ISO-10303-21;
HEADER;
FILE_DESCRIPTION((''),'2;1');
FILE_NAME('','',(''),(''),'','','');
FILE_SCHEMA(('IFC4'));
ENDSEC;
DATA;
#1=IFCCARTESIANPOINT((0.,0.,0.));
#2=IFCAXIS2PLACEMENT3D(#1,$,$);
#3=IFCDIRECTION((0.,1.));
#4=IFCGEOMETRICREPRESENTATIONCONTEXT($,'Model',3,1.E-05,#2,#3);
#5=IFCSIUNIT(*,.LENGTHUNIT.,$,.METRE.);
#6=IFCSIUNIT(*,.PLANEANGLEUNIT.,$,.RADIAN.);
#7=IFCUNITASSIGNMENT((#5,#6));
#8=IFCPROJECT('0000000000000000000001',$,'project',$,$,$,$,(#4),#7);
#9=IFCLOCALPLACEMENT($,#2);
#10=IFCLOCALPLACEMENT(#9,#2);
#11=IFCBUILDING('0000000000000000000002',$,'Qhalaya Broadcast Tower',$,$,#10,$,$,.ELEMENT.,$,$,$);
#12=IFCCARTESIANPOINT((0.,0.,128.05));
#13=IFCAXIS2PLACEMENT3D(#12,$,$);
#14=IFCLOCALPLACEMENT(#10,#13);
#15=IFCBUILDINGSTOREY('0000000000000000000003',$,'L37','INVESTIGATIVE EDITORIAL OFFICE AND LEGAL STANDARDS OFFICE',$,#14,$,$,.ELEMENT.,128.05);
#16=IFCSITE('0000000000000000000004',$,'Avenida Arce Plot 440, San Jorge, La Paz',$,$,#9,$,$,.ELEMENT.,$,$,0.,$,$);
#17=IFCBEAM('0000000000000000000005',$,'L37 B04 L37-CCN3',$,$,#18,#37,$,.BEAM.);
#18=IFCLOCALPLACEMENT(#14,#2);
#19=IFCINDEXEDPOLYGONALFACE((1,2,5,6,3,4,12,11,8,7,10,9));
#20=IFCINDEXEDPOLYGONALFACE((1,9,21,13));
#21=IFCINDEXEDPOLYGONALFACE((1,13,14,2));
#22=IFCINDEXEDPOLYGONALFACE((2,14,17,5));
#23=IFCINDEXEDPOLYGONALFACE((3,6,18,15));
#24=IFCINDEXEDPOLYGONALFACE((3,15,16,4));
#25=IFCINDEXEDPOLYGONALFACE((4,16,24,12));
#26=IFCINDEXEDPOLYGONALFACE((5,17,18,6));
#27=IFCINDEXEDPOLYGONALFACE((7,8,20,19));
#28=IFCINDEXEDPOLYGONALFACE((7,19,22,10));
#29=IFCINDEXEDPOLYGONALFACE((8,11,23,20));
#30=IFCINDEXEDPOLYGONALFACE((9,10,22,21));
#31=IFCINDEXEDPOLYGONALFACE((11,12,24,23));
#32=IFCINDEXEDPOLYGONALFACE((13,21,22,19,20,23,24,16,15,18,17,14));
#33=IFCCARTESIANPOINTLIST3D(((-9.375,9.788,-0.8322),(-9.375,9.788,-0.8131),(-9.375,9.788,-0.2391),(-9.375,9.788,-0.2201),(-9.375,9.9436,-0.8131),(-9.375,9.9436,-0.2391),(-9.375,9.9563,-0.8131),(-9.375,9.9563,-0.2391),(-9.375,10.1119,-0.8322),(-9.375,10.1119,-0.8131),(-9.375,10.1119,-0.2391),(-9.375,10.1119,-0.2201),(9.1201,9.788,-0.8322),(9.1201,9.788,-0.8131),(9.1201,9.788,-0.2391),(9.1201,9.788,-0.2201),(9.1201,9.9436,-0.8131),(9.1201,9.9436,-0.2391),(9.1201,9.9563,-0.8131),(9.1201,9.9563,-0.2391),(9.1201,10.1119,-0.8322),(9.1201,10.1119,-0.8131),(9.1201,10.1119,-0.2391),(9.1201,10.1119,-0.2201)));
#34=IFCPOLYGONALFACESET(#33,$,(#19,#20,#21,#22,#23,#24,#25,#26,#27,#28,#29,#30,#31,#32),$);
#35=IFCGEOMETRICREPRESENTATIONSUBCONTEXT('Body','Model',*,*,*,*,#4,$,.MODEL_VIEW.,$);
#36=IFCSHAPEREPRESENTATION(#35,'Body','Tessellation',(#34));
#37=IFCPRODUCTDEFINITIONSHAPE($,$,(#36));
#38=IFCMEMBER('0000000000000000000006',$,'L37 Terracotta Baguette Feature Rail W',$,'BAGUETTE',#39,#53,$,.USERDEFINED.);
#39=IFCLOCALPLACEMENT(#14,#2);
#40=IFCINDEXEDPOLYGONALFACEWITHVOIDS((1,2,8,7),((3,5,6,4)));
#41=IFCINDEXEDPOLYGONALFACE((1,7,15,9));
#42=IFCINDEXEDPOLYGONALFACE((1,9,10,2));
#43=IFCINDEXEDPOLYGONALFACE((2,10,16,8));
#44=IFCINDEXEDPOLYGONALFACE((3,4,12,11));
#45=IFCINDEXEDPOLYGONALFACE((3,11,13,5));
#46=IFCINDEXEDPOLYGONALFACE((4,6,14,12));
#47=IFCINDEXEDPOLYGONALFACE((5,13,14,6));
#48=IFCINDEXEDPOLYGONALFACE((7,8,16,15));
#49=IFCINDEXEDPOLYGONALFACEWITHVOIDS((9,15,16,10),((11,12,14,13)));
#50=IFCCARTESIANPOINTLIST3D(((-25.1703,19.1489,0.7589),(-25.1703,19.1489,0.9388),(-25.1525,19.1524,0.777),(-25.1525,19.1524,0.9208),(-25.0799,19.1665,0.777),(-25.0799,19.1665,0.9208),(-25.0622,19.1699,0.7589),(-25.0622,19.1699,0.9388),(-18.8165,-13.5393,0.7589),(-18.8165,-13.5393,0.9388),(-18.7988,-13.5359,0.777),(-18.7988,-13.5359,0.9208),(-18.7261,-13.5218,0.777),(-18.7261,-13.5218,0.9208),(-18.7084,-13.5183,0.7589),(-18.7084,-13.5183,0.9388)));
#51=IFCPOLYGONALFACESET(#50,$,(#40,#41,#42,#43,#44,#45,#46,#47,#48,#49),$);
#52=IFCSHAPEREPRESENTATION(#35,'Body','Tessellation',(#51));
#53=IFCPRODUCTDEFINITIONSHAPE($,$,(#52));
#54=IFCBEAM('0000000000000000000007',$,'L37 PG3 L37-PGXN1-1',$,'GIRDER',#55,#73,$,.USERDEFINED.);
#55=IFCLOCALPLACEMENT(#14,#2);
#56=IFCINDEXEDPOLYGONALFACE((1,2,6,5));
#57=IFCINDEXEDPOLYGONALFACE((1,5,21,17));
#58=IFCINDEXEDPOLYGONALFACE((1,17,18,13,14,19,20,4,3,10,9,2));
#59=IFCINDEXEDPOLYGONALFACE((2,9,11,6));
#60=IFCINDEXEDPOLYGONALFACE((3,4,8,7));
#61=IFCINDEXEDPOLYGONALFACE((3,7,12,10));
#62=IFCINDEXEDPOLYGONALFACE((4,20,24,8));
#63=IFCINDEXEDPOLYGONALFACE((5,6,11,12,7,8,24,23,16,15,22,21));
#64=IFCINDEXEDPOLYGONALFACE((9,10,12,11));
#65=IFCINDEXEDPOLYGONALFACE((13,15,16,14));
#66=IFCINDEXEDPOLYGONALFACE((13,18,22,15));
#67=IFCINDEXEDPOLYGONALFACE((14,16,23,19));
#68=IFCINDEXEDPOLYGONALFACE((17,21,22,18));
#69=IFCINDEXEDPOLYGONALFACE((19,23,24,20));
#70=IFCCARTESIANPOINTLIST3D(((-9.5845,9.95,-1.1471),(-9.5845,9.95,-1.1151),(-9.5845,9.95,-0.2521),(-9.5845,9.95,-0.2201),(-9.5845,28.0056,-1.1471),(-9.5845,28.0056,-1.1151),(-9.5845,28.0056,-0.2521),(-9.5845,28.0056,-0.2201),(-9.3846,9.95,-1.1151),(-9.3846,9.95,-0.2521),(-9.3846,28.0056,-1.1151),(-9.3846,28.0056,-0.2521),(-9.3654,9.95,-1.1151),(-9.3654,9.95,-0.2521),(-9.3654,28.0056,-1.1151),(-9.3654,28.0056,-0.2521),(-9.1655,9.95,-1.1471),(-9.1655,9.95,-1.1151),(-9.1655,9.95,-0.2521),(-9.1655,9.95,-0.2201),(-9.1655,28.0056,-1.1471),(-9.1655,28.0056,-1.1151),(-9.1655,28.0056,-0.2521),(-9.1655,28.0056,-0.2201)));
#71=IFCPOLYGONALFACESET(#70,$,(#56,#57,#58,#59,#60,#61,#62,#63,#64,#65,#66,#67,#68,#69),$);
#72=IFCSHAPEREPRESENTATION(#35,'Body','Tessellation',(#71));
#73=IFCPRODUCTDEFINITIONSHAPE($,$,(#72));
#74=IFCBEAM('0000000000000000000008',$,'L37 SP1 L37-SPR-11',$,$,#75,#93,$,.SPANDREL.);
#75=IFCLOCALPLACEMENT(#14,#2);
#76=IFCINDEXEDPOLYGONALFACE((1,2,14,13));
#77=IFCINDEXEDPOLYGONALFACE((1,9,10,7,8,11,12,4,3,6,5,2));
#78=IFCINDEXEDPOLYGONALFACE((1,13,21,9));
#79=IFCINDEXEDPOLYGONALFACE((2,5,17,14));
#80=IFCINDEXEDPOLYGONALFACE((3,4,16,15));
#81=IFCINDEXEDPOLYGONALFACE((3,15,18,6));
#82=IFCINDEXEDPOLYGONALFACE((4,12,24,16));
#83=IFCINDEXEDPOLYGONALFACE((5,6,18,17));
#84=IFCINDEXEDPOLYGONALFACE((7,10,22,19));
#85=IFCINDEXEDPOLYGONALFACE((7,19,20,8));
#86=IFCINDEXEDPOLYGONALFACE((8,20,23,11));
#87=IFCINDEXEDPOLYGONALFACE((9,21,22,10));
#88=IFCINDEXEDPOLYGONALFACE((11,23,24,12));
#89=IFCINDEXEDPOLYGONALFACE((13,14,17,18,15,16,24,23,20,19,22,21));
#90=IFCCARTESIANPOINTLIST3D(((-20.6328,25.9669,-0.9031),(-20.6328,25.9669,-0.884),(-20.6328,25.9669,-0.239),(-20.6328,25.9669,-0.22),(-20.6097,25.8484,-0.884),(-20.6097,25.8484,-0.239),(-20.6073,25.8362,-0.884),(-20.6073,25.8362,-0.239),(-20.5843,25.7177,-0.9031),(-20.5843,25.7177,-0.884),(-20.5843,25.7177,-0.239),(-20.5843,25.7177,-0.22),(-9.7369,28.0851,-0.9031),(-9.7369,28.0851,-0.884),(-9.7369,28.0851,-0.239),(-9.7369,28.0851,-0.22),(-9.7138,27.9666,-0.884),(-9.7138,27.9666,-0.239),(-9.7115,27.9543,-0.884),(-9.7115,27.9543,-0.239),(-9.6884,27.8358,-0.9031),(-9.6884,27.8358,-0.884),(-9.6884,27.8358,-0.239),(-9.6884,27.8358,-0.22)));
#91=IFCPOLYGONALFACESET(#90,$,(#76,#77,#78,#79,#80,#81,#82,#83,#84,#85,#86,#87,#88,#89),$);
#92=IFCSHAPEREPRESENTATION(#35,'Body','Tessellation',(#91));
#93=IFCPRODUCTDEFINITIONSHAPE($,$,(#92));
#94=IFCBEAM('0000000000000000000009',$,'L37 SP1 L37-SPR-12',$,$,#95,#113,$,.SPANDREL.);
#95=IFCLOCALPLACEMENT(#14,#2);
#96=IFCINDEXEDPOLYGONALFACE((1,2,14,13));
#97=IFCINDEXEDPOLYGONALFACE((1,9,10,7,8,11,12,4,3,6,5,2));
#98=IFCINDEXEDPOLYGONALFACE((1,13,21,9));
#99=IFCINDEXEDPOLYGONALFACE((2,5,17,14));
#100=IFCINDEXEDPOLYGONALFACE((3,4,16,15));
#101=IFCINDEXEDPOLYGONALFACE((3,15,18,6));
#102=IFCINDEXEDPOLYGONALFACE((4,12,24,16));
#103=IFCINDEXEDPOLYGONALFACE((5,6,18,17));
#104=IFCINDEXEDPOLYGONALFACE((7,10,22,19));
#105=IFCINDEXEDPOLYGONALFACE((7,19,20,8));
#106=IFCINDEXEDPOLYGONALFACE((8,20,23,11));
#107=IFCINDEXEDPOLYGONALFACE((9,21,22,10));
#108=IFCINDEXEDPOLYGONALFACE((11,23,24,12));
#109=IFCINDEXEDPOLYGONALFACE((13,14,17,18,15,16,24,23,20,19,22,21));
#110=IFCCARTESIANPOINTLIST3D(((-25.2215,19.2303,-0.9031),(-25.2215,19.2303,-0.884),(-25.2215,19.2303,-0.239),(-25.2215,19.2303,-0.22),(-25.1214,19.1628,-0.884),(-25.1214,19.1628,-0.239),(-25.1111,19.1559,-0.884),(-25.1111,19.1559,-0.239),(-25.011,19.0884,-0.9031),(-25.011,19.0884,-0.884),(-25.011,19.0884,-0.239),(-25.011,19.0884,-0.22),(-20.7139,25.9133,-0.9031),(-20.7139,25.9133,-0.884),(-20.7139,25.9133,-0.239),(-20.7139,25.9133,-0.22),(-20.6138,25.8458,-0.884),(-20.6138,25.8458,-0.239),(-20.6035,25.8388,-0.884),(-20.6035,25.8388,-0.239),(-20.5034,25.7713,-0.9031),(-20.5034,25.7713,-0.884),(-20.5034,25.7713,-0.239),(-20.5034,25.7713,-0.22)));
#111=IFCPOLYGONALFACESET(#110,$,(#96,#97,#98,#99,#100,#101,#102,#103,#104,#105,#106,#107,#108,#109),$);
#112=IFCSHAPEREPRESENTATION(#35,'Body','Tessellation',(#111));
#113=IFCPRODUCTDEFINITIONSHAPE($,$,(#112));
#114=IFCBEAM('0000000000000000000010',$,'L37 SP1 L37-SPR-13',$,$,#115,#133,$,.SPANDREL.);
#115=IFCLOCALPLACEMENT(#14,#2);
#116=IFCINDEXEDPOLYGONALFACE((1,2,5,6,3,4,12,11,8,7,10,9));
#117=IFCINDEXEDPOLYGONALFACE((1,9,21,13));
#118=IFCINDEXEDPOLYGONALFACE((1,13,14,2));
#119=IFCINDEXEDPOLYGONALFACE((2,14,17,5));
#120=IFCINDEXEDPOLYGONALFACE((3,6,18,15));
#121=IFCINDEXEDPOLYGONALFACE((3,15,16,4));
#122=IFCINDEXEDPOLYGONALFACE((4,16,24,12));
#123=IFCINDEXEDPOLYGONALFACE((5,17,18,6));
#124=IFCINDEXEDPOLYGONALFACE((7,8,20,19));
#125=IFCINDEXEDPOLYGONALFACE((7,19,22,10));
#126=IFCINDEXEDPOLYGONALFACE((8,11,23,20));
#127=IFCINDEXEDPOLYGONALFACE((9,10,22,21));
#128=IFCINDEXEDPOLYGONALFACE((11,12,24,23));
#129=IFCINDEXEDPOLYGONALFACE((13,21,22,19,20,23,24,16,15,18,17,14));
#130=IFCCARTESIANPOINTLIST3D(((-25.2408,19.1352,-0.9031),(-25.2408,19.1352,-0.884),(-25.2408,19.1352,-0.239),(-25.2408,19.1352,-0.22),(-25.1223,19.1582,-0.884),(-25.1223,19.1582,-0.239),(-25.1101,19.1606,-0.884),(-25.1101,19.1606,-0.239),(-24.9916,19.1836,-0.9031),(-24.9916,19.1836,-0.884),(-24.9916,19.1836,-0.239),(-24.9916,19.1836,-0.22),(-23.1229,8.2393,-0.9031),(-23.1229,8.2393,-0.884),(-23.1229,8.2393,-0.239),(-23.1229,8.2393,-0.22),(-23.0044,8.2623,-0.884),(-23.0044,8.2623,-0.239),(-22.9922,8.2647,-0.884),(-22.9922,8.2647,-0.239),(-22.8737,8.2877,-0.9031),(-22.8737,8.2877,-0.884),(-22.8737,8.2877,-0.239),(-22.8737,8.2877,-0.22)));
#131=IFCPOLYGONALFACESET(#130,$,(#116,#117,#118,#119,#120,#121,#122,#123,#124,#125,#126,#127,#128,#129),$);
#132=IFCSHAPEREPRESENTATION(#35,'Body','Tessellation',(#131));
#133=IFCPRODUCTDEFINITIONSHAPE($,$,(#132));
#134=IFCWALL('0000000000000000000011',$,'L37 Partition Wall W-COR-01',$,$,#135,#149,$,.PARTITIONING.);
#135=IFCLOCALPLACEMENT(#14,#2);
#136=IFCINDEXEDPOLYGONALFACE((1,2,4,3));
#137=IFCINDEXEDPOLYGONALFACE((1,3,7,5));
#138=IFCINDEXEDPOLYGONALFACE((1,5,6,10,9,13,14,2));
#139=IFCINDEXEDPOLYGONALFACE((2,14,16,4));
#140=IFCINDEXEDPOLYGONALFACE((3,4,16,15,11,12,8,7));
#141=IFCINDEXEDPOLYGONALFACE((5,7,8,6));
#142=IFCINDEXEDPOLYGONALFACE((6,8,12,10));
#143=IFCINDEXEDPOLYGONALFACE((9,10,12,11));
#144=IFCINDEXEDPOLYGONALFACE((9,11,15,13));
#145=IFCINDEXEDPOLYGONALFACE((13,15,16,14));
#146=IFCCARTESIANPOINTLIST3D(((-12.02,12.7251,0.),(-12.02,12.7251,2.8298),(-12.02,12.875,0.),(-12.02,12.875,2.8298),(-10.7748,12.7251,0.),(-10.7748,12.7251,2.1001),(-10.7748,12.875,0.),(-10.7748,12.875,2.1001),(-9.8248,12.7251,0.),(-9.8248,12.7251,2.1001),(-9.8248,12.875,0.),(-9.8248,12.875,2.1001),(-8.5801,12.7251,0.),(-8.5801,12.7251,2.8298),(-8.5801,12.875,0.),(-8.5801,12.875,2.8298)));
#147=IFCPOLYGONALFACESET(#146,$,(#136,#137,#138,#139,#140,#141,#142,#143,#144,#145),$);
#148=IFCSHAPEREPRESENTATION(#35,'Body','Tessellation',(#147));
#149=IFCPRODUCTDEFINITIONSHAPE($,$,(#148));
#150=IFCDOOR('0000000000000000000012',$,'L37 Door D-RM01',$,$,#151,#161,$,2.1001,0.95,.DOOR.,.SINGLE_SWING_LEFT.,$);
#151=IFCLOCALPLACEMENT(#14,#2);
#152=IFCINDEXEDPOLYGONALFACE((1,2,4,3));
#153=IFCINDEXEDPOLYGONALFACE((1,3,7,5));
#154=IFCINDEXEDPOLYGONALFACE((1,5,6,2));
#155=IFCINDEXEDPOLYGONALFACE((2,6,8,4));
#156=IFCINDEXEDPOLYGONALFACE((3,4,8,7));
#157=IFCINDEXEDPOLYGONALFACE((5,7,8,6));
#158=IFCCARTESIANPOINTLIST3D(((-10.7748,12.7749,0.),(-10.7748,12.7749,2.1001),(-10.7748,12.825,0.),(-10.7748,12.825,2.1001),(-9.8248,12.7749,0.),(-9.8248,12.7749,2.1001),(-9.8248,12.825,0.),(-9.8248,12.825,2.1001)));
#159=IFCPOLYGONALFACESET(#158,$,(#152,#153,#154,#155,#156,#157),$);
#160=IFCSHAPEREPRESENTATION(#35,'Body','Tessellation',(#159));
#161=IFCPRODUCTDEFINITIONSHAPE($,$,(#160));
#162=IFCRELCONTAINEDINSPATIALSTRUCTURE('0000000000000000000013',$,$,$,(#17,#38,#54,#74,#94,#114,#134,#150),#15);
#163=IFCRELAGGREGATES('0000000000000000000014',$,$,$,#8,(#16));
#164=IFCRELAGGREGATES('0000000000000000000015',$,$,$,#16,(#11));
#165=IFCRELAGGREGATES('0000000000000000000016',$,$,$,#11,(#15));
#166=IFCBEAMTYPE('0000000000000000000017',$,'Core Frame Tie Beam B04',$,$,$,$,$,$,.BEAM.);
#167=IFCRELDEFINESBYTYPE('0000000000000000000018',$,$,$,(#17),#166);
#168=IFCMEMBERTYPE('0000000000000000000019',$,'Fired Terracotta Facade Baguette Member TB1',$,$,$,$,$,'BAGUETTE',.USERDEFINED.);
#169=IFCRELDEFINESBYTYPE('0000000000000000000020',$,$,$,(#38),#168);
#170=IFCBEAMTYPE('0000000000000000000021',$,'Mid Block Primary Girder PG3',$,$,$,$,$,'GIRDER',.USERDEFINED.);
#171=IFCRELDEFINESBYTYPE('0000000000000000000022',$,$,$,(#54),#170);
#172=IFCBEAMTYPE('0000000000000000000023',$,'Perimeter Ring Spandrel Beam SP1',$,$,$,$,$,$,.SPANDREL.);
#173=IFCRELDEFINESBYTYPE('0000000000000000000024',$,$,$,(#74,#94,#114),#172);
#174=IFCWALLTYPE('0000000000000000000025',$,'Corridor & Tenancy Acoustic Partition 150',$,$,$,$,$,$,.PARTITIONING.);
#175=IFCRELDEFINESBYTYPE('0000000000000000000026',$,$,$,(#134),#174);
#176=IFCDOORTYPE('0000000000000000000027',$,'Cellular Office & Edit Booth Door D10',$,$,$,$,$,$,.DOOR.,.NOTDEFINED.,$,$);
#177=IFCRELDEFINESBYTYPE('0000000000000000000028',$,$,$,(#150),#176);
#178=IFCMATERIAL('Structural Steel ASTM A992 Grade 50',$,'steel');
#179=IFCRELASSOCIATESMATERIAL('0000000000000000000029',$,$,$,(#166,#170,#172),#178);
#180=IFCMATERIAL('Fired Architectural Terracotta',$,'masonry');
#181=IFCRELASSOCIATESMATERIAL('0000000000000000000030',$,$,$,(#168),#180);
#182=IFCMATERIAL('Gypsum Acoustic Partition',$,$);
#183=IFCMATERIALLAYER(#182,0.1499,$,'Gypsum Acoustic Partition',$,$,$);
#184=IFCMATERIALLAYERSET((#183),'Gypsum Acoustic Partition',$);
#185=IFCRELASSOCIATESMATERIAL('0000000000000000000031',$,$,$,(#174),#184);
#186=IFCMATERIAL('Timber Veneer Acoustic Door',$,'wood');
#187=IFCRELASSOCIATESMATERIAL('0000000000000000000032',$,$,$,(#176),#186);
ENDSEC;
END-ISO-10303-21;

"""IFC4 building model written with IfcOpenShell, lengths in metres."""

from ifc_helpers import new_model, si_unit, direction, frame, frame_2d, origin, origin_2d, place, context, subcontext, project, spatial, rectangle, hollow_rectangle, i_section, extrude, material, layer, layer_set, material_profile, profile_set, type_object, element, fill, save


model = new_model("IFC4")

# Units and contexts
model_context = context("Model", 3, precision=1e-05, world=origin(), true_north=direction((0.0, 1.0)))
body_context = subcontext(model_context, "Body", "Model", "MODEL_VIEW")
ifc_project = project(units=[si_unit("LENGTHUNIT", "METRE"), si_unit("PLANEANGLEUNIT", "RADIAN")], contexts=[model_context])

# Site, building, storey
site_placement = place(None, origin())
site = spatial("IfcSite", under=ifc_project, at=site_placement, Name="Avenida Arce Plot 440, San Jorge, La Paz", CompositionType="ELEMENT", RefElevation=0.0)
building_placement = place(site_placement, origin())
building = spatial("IfcBuilding", under=site, at=building_placement, Name="Qhalaya Broadcast Tower", CompositionType="ELEMENT")
storey_placement = place(building_placement, frame((0.0, 0.0, 128.05)))
storey = spatial("IfcBuildingStorey", under=building, at=storey_placement, Name="L37", Description="INVESTIGATIVE EDITORIAL OFFICE AND LEGAL STANDARDS OFFICE", CompositionType="ELEMENT", Elevation=128.05)

# Beam
ifc_material_1 = material(Name="Structural Steel ASTM A992 Grade 50", Category="steel")
ifc_material_profile_1 = material_profile(ifc_material_1, i_section(OverallWidth=0.324, OverallDepth=0.6121, WebThickness=0.0127, FlangeThickness=0.019, at=origin_2d()), Name="W24X104")
ifc_profile_set_1 = profile_set([ifc_material_profile_1], Name="Structural Steel ASTM A992 Grade 50")
beam_type_1 = type_object("IfcBeamType", Name="Core Frame Tie Beam B04", PredefinedType="BEAM", material=ifc_profile_set_1)
beam_1_placement = place(storey_placement, frame((-9.375, 9.95, -0.5261), z_axis=(1.0, 0.0, 0.0), x_axis=(0.0, 1.0, 0.0)))
element("IfcBeam", 1, at=beam_1_placement, inside=storey, type_object=beam_type_1, Name="L37 B04 L37-CCN3", PredefinedType="BEAM", context=body_context, shape_type="SweptSolid", body=[
    extrude(i_section(OverallWidth=0.324, OverallDepth=0.6121, WebThickness=0.0127, FlangeThickness=0.019, at=origin_2d()), origin(), (0.0, 0.0, 1.0), 18.4951),
])

# Member
ifc_material_2 = material(Name="Fired Architectural Terracotta", Category="masonry")
ifc_material_profile_2 = material_profile(ifc_material_2, hollow_rectangle(XDim=0.1101, YDim=0.1799, WallThickness=0.0181, at=origin_2d()), Name="TB-BAG 110x180x18")
ifc_profile_set_2 = profile_set([ifc_material_profile_2], Name="Fired Architectural Terracotta")
member_type = type_object("IfcMemberType", Name="Fired Terracotta Facade Baguette Member TB1", ElementType="BAGUETTE", PredefinedType="USERDEFINED", material=ifc_profile_set_2)
member_placement = place(storey_placement, frame((-25.1162, 19.1594, 0.8489), z_axis=(0.190804, -0.981628, 0.0), x_axis=(0.981628, 0.190804, 0.0)))
element("IfcMember", 2, at=member_placement, inside=storey, type_object=member_type, Name="L37 Terracotta Baguette Feature Rail W", ObjectType="BAGUETTE", PredefinedType="USERDEFINED", context=body_context, shape_type="SweptSolid", body=[
    extrude(hollow_rectangle(XDim=0.1101, YDim=0.1799, WallThickness=0.0181, at=origin_2d()), origin(), (0.0, 0.0, 1.0), 33.3),
])

# Beams
ifc_material_profile_3 = material_profile(ifc_material_1, i_section(OverallWidth=0.4189, OverallDepth=0.927, WebThickness=0.0193, FlangeThickness=0.032, at=origin_2d()), Name="W36X231")
ifc_profile_set_3 = profile_set([ifc_material_profile_3], Name="Structural Steel ASTM A992 Grade 50")
beam_type_2 = type_object("IfcBeamType", Name="Mid Block Primary Girder PG3", ElementType="GIRDER", PredefinedType="USERDEFINED", material=ifc_profile_set_3)
beam_2_placement = place(storey_placement, frame((-9.375, 9.95, -0.6836), z_axis=(0.0, 1.0, 0.0), x_axis=(-1.0, 0.0, 0.0)))
element("IfcBeam", 3, at=beam_2_placement, inside=storey, type_object=beam_type_2, Name="L37 PG3 L37-PGXN1-1", ObjectType="GIRDER", PredefinedType="USERDEFINED", context=body_context, shape_type="SweptSolid", body=[
    extrude(i_section(OverallWidth=0.4189, OverallDepth=0.927, WebThickness=0.0193, FlangeThickness=0.032, at=origin_2d()), origin(), (0.0, 0.0, 1.0), 18.0557),
])
ifc_material_profile_4 = material_profile(ifc_material_1, i_section(OverallWidth=0.2539, OverallDepth=0.6831, WebThickness=0.0125, FlangeThickness=0.019, at=origin_2d()), Name="W27X94")
ifc_profile_set_4 = profile_set([ifc_material_profile_4], Name="Structural Steel ASTM A992 Grade 50")
beam_type_3 = type_object("IfcBeamType", Name="Perimeter Ring Spandrel Beam SP1", PredefinedType="SPANDREL", material=ifc_profile_set_4)
beam_3_placement = place(storey_placement, frame((-9.7126, 27.9604, -0.5615), z_axis=(-0.981624, -0.190826, 0.0), x_axis=(0.190826, -0.981624, 0.0)))
element("IfcBeam", 4, at=beam_3_placement, inside=storey, type_object=beam_type_3, Name="L37 SP1 L37-SPR-11", PredefinedType="SPANDREL", context=body_context, shape_type="SweptSolid", body=[
    extrude(i_section(OverallWidth=0.2539, OverallDepth=0.6831, WebThickness=0.0125, FlangeThickness=0.019, at=origin_2d()), origin(), (0.0, 0.0, 1.0), 11.0999),
])
beam_4_placement = place(storey_placement, frame((-20.6086, 25.8423, -0.5615), z_axis=(-0.559186, -0.829042, 0.0), x_axis=(0.829042, -0.559186, 0.0)))
element("IfcBeam", 5, at=beam_4_placement, inside=storey, type_object=beam_type_3, Name="L37 SP1 L37-SPR-12", PredefinedType="SPANDREL", context=body_context, shape_type="SweptSolid", body=[
    extrude(i_section(OverallWidth=0.2539, OverallDepth=0.6831, WebThickness=0.0125, FlangeThickness=0.019, at=origin_2d()), origin(), (0.0, 0.0, 1.0), 8.061),
])
beam_5_placement = place(storey_placement, frame((-25.1162, 19.1594, -0.5615), z_axis=(0.190805, -0.981628, 0.0), x_axis=(0.981628, 0.190805, 0.0)))
element("IfcBeam", 6, at=beam_5_placement, inside=storey, type_object=beam_type_3, Name="L37 SP1 L37-SPR-13", PredefinedType="SPANDREL", context=body_context, shape_type="SweptSolid", body=[
    extrude(i_section(OverallWidth=0.2539, OverallDepth=0.6831, WebThickness=0.0125, FlangeThickness=0.019, at=origin_2d()), origin(), (0.0, 0.0, 1.0), 11.0999),
])

# Wall, opening, door
ifc_material_3 = material(Name="Gypsum Acoustic Partition")
ifc_layer_1 = layer(ifc_material_3, 0.1499, Name="Gypsum Acoustic Partition")
ifc_layer_set_1 = layer_set([ifc_layer_1], Name="Gypsum Acoustic Partition")
wall_type_1 = type_object("IfcWallType", Name="Corridor & Tenancy Acoustic Partition 150", PredefinedType="PARTITIONING", material=ifc_layer_set_1)
wall_1_placement = place(storey_placement, frame((-12.02, 12.8, 0.0), z_axis=(0.0, 0.0, 1.0), x_axis=(1.0, 0.0, 0.0)))
wall_1 = element("IfcWall", 7, at=wall_1_placement, inside=storey, type_object=wall_type_1, Name="L37 Partition Wall W-COR-01", PredefinedType="PARTITIONING", context=body_context, shape_type="SweptSolid", body=[
    extrude(rectangle(XDim=3.4399, YDim=0.1499, at=frame_2d((1.72, 0.0))), origin(), (0.0, 0.0, 1.0), 2.8298),
])
opening_1_placement = place(wall_1_placement, frame((1.2451, 0.0, 0.0)))
opening_1 = element("IfcOpeningElement", 8, at=opening_1_placement, cuts=wall_1, PredefinedType="OPENING", context=body_context, shape_type="SweptSolid", body=[
    extrude(rectangle(XDim=0.95, YDim=2.1001, at=frame_2d((0.4751, 1.05))), frame((0.0, 0.0869, 0.0), z_axis=(0.0, -1.0, 0.0), x_axis=(1.0, 0.0, 0.0)), (0.0, 0.0, 1.0), 0.1738),
])
ifc_material_4 = material(Name="Timber Veneer Acoustic Door", Category="wood")
door_type = type_object("IfcDoorType", Name="Cellular Office & Edit Booth Door D10", OperationType="NOTDEFINED", PredefinedType="DOOR", material=ifc_material_4)
door_1_placement = place(opening_1_placement, origin())
door_1 = element("IfcDoor", 9, at=door_1_placement, inside=storey, type_object=door_type, Name="L37 Door D-RM01", OperationType="SINGLE_SWING_LEFT", OverallHeight=2.1001, OverallWidth=0.95, PredefinedType="DOOR", context=body_context, shape_type="SweptSolid", body=[
    extrude(rectangle(XDim=0.95, YDim=2.1001, at=frame_2d((0.4751, 1.05))), frame((0.0, 0.0249, 0.0), z_axis=(0.0, -1.0, 0.0), x_axis=(1.0, 0.0, 0.0)), (0.0, 0.0, 1.0), 0.05),
])
fill(opening_1, door_1)

save(model, "model.ifc")
